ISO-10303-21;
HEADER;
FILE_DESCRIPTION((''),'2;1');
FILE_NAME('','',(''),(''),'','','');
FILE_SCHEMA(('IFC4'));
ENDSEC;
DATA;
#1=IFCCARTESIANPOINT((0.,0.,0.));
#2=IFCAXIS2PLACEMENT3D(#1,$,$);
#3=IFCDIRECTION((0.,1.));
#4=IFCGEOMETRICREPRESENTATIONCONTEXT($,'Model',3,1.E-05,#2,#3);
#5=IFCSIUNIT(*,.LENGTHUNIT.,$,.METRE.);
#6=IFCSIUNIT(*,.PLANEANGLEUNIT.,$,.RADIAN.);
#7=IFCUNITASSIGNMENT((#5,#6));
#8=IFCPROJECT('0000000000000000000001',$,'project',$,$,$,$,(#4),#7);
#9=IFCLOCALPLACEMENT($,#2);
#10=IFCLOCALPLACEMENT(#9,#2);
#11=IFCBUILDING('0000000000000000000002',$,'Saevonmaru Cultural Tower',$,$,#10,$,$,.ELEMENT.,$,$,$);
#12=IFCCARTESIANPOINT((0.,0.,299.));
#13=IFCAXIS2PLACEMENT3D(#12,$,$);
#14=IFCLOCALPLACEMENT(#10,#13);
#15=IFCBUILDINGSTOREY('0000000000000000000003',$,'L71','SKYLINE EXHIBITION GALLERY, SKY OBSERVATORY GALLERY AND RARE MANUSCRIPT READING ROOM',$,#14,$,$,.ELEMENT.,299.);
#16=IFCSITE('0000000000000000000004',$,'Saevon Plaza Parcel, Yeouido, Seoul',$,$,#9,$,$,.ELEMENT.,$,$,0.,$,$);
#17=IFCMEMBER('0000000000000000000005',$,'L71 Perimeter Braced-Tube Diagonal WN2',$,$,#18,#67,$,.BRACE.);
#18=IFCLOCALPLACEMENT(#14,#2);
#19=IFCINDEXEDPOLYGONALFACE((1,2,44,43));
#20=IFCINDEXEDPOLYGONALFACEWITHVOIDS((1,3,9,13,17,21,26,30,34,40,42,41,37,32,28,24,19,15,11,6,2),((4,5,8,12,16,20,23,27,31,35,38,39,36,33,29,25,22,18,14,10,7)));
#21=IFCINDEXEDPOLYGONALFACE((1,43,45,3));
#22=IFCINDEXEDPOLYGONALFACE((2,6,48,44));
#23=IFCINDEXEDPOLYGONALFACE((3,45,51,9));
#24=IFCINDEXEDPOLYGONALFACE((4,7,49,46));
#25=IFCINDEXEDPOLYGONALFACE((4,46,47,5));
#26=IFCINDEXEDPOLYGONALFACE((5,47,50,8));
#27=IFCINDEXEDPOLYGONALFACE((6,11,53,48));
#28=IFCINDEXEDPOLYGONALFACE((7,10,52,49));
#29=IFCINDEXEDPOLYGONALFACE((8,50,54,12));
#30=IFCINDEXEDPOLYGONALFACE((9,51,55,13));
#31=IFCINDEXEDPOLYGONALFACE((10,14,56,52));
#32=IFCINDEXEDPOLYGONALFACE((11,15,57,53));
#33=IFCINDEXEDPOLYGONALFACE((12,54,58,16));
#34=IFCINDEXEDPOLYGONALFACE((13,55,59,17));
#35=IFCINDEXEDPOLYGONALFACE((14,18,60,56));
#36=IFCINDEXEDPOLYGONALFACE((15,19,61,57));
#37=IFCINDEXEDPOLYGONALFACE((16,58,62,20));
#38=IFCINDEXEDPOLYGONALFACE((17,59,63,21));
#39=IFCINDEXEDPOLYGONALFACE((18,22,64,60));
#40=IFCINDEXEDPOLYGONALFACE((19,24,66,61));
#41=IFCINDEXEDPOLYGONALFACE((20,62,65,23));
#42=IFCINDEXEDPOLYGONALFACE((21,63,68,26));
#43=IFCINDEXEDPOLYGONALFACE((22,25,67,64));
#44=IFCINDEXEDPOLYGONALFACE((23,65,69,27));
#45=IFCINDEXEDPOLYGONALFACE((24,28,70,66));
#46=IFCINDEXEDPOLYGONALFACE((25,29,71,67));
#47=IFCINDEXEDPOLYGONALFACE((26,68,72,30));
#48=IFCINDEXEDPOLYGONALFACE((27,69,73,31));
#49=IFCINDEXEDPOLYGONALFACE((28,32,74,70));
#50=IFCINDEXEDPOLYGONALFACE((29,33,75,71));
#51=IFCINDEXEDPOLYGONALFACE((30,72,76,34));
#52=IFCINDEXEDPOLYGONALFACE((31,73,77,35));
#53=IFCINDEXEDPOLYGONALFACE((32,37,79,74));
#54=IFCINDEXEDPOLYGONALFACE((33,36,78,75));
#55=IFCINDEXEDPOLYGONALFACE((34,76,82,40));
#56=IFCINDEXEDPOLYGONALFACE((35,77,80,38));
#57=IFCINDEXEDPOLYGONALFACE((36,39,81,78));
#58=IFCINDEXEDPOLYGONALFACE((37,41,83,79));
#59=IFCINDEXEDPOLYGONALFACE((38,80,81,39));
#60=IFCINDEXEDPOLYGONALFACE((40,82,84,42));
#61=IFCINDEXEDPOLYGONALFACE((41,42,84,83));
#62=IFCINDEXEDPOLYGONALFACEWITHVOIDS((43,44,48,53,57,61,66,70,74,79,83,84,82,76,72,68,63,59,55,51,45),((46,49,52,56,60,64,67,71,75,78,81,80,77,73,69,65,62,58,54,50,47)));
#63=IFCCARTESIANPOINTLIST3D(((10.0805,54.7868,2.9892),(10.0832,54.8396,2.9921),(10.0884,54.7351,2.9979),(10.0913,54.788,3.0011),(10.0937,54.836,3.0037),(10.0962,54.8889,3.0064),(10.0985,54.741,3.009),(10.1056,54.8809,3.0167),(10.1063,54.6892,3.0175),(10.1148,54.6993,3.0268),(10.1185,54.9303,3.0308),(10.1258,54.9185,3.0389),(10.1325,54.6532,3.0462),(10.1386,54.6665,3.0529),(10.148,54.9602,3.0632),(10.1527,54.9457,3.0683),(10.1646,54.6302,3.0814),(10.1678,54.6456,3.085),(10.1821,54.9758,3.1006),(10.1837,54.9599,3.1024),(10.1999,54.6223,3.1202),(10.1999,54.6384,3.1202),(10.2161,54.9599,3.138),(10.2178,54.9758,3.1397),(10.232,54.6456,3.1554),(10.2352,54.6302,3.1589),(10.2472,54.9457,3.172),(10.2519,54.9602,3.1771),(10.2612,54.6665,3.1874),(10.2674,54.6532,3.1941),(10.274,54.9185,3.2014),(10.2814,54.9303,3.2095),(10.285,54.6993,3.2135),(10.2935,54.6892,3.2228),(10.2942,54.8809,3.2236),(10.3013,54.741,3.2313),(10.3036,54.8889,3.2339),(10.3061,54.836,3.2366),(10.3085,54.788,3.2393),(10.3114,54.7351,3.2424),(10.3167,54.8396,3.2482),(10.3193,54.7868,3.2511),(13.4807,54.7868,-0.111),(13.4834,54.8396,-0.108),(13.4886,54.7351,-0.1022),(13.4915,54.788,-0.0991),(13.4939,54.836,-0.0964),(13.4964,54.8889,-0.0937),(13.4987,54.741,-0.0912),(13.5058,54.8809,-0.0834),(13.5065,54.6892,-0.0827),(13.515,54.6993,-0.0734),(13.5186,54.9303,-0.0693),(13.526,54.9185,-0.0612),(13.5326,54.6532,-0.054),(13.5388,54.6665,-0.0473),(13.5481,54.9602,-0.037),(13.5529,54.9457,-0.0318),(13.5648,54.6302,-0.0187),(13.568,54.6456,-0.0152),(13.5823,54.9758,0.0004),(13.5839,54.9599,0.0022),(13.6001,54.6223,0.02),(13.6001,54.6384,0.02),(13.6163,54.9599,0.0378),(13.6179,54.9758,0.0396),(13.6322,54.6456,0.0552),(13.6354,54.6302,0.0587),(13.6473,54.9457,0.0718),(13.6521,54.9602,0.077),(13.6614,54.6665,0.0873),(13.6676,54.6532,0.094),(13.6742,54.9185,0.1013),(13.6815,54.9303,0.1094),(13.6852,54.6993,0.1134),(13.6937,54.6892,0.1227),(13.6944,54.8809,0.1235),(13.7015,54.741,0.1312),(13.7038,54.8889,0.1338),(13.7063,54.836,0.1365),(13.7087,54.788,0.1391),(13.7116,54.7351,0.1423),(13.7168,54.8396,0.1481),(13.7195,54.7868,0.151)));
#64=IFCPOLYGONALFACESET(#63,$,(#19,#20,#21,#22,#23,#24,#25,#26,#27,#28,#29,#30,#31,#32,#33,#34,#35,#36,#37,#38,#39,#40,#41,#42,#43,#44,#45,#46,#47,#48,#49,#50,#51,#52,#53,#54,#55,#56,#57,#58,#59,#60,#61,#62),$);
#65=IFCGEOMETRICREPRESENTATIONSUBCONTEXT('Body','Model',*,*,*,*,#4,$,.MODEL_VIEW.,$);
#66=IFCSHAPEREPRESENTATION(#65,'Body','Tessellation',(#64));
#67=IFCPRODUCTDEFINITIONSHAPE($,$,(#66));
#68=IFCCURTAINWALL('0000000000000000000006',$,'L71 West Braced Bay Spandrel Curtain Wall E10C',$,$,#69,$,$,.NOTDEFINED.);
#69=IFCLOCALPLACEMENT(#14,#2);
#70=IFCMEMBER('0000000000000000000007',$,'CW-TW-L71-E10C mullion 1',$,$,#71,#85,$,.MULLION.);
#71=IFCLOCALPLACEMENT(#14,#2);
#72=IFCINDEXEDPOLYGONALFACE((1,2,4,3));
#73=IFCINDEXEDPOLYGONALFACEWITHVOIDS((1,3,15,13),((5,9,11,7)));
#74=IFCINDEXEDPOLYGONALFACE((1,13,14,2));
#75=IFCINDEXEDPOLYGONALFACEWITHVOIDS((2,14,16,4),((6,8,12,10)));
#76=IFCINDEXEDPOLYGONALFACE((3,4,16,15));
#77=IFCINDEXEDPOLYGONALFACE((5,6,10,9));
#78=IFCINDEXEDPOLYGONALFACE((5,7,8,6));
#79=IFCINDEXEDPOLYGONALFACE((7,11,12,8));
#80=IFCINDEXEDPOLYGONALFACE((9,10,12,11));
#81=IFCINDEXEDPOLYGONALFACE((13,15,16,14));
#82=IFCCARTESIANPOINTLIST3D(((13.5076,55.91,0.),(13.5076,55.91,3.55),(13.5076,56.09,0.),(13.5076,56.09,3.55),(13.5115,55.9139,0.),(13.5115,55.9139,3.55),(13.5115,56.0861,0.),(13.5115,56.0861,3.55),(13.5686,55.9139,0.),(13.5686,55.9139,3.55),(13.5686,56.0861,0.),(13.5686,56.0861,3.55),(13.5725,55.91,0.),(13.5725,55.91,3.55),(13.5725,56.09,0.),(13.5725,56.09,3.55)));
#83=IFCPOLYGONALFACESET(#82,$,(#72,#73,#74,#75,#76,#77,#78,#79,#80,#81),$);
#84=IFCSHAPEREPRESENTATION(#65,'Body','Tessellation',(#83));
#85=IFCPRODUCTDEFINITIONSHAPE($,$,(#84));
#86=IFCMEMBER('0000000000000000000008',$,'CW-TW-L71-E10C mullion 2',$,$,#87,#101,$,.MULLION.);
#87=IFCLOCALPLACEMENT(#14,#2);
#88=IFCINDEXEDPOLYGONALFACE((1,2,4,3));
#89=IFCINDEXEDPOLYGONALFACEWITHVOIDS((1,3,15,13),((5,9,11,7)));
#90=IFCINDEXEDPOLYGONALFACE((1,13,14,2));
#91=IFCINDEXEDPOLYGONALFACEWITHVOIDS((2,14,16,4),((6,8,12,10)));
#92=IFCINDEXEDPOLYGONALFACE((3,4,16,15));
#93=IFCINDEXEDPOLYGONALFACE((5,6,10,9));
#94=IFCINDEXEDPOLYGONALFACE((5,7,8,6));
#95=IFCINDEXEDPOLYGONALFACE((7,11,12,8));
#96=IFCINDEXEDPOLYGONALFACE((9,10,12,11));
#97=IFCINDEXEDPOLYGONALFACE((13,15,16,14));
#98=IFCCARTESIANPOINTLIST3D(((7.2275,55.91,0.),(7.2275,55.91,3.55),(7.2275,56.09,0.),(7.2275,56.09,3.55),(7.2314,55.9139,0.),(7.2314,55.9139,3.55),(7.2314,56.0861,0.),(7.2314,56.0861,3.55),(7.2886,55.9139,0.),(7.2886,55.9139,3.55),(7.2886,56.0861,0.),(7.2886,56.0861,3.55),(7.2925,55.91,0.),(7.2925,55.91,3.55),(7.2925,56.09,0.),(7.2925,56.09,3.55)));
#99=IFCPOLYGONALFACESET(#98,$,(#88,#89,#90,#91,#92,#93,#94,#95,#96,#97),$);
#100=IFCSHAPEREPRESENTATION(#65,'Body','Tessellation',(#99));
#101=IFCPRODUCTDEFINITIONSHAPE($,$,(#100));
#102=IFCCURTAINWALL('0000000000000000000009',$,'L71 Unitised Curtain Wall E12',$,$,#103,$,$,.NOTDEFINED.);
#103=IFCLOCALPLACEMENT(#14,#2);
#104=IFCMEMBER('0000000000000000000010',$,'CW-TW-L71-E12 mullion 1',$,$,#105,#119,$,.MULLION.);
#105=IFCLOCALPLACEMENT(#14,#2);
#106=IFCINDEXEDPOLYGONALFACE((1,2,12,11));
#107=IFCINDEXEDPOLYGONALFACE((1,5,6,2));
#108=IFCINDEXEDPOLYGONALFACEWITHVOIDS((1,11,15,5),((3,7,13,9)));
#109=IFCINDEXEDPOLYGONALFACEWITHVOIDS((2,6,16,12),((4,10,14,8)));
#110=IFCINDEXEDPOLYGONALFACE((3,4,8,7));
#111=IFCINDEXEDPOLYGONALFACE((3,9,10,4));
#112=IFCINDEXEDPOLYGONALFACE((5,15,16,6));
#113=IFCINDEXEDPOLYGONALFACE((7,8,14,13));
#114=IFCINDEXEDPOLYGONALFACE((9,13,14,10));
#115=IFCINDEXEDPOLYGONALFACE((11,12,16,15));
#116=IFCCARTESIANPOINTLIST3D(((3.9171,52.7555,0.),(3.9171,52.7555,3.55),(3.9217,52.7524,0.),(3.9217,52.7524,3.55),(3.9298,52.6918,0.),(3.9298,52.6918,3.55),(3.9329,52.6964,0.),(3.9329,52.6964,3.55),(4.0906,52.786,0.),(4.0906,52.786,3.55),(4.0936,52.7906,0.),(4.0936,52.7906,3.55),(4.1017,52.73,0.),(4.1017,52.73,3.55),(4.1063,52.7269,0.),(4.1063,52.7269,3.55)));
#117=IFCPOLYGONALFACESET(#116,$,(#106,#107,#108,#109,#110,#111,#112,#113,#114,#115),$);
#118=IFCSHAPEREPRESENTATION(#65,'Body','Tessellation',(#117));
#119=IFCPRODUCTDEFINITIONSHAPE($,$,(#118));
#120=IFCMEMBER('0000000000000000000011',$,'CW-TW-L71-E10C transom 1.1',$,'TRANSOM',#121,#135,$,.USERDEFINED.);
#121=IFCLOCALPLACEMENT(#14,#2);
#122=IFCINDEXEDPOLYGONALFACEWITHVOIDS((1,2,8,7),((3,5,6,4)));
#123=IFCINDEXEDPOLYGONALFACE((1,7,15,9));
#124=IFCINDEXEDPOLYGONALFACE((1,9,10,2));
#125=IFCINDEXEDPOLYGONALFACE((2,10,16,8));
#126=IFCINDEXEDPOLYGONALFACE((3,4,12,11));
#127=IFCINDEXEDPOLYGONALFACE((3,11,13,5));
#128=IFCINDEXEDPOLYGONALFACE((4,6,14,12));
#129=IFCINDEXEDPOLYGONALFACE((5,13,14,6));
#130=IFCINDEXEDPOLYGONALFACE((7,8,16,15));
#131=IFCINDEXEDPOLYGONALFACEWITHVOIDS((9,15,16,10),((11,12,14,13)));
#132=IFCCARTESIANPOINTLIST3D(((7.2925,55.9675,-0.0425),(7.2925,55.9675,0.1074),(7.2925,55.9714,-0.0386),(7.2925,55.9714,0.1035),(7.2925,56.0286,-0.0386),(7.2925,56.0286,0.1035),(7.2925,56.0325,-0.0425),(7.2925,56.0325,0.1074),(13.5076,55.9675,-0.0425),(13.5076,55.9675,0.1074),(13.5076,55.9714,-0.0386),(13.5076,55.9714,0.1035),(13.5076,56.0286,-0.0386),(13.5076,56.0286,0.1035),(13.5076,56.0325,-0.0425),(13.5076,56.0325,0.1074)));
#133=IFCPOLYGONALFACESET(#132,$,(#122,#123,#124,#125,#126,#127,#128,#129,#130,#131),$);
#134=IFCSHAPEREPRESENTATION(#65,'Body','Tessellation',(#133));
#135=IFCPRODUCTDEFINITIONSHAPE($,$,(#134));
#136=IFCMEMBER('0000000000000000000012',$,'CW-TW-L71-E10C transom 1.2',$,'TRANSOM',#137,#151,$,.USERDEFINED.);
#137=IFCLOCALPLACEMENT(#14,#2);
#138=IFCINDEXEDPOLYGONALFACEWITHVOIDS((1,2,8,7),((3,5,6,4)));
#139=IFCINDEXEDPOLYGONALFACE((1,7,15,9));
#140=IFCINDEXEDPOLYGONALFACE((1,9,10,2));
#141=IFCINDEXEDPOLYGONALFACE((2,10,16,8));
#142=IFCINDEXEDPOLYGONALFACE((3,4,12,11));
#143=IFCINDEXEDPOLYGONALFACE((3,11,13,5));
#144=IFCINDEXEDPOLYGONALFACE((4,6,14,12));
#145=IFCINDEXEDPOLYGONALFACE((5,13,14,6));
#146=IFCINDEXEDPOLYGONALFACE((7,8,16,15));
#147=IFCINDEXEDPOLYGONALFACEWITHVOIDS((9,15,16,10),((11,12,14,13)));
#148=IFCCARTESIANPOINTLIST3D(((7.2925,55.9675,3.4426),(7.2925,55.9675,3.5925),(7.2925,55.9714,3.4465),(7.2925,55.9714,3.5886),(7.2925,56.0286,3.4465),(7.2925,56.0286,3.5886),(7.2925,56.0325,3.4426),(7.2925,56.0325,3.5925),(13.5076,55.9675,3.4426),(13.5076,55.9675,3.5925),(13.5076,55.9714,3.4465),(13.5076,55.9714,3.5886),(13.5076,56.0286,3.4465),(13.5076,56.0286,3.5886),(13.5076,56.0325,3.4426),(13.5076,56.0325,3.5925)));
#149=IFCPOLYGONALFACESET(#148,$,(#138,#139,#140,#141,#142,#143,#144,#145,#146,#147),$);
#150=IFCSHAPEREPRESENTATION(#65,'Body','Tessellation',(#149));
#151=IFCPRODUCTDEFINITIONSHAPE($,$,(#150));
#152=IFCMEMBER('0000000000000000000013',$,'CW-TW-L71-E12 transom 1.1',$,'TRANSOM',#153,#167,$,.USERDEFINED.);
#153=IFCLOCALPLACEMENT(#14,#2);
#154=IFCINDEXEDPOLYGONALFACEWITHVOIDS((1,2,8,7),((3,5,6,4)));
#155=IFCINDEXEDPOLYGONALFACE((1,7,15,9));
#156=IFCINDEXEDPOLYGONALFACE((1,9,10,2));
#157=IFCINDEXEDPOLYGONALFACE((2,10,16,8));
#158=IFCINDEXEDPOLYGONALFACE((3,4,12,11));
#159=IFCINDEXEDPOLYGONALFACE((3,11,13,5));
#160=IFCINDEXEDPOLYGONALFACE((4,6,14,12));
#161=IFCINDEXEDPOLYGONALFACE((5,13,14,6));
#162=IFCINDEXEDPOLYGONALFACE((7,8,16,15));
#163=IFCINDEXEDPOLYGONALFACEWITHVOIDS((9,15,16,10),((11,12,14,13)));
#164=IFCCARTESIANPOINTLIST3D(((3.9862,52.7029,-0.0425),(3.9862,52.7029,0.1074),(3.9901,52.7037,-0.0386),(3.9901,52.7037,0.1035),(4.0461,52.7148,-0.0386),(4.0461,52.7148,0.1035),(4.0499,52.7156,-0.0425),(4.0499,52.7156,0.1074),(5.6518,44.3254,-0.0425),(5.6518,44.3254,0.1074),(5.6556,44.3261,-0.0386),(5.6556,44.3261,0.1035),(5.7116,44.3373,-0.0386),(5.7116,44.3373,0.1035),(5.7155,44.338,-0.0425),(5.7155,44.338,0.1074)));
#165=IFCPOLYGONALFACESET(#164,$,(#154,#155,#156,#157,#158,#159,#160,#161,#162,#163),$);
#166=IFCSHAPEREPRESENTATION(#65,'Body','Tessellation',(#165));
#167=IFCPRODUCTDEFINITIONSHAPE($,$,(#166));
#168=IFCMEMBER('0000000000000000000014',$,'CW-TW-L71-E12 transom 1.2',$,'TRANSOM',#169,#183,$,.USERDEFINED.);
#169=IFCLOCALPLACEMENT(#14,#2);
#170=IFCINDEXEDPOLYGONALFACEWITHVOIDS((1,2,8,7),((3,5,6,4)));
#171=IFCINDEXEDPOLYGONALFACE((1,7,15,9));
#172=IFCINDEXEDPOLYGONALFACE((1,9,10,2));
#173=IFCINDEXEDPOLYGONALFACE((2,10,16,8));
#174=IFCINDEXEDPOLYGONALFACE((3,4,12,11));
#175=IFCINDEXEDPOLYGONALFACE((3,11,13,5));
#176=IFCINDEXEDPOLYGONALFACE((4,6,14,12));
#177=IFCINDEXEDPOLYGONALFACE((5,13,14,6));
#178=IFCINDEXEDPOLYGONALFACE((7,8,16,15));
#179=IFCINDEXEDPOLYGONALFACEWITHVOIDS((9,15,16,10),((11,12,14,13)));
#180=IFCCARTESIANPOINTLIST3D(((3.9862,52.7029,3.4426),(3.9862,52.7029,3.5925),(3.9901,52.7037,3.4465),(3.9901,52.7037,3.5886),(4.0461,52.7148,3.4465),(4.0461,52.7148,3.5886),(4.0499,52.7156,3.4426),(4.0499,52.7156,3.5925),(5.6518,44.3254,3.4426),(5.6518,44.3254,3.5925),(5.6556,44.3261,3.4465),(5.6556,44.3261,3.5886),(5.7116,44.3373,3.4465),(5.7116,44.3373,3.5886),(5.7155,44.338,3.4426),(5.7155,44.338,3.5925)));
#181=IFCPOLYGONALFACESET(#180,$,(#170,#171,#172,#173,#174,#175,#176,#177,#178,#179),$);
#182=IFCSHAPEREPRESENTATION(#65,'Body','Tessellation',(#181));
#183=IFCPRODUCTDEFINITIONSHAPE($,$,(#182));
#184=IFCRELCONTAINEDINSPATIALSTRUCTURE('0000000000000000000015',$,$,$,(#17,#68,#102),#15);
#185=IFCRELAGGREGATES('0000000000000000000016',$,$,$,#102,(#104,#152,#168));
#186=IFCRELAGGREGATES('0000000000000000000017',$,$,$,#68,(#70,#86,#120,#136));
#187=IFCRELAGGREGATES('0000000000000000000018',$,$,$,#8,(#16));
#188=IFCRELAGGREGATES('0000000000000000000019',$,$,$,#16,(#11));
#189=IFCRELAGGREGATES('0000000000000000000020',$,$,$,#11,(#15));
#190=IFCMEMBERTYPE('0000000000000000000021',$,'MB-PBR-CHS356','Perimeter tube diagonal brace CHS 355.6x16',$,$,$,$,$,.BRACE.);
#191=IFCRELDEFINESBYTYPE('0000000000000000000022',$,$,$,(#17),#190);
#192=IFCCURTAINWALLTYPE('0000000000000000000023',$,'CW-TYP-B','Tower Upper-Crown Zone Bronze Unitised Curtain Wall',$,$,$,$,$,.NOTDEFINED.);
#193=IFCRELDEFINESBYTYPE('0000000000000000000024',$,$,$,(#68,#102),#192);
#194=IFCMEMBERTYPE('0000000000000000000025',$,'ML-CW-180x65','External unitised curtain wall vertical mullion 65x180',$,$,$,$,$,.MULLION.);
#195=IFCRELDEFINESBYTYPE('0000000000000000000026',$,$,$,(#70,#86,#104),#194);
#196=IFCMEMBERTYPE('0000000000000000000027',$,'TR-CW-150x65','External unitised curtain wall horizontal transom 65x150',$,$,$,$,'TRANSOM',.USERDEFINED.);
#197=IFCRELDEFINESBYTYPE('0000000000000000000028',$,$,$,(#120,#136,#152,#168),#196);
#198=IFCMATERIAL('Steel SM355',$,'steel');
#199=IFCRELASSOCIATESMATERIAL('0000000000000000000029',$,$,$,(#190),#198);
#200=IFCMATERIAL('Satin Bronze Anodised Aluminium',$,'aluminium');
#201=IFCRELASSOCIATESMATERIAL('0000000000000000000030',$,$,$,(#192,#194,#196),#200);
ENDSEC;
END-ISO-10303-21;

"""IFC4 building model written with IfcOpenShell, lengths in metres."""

from ifc_helpers import new_model, si_unit, direction, frame, origin, origin_2d, place, context, subcontext, project, spatial, hollow_rectangle, hollow_circle, extrude, material, material_profile, profile_set, type_object, element, aggregate, save


model = new_model("IFC4")

# Units and contexts
model_context = context("Model", 3, precision=1e-05, world=origin(), true_north=direction((0.0, 1.0)))
body_context = subcontext(model_context, "Body", "Model", "MODEL_VIEW")
ifc_project = project(units=[si_unit("LENGTHUNIT", "METRE"), si_unit("PLANEANGLEUNIT", "RADIAN")], contexts=[model_context])

# Site, building, storey
site_placement = place(None, origin())
site = spatial("IfcSite", under=ifc_project, at=site_placement, Name="Saevon Plaza Parcel, Yeouido, Seoul", CompositionType="ELEMENT", RefElevation=0.0)
building_placement = place(site_placement, origin())
building = spatial("IfcBuilding", under=site, at=building_placement, Name="Saevonmaru Cultural Tower", CompositionType="ELEMENT")
storey_placement = place(building_placement, frame((0.0, 0.0, 299.0)))
storey = spatial("IfcBuildingStorey", under=building, at=storey_placement, Name="L71", Description="SKYLINE EXHIBITION GALLERY, SKY OBSERVATORY GALLERY AND RARE MANUSCRIPT READING ROOM", CompositionType="ELEMENT", Elevation=299.0)

# Shared definitions
ifc_material_1 = material(Name="Steel SM355", Category="steel")

# Member
ifc_material_profile_1 = material_profile(ifc_material_1, hollow_circle(Radius=0.1777, WallThickness=0.0161, at=origin_2d()), Name="CHS-355.6x16")
ifc_profile_set_1 = profile_set([ifc_material_profile_1], Name="Steel SM355")
member_type_1 = type_object("IfcMemberType", Name="MB-PBR-CHS356", Description="Perimeter tube diagonal brace CHS 355.6x16", PredefinedType="BRACE", material=ifc_profile_set_1)
member_1_placement = place(storey_placement, frame((13.6001, 54.8, 0.02), z_axis=(-0.73896, 0.0, 0.67375), x_axis=(0.0, -1.0, 0.0)))
element("IfcMember", 1, at=member_1_placement, inside=storey, type_object=member_type_1, Name="L71 Perimeter Braced-Tube Diagonal WN2", PredefinedType="BRACE", context=body_context, shape_type="SweptSolid", body=[
    extrude(hollow_circle(Radius=0.1777, WallThickness=0.0161, at=origin_2d()), origin(), (0.0, 0.0, 1.0), 4.6013),
])

# Curtain wall, members
ifc_material_2 = material(Name="Satin Bronze Anodised Aluminium", Category="aluminium")
curtain_wall_type = type_object("IfcCurtainWallType", Name="CW-TYP-B", Description="Tower Upper-Crown Zone Bronze Unitised Curtain Wall", PredefinedType="NOTDEFINED", material=ifc_material_2)
curtain_wall_1_placement = place(storey_placement, origin())
curtain_wall_1 = element("IfcCurtainWall", 2, at=curtain_wall_1_placement, inside=storey, type_object=curtain_wall_type, Name="L71 West Braced Bay Spandrel Curtain Wall E10C", PredefinedType="NOTDEFINED")
ifc_material_profile_2 = material_profile(ifc_material_2, hollow_rectangle(XDim=0.0649, YDim=0.1799, WallThickness=0.0039, at=origin_2d()), Name="ALU-MULL-180x65x4")
ifc_profile_set_2 = profile_set([ifc_material_profile_2], Name="Satin Bronze Anodised Aluminium")
member_type_2 = type_object("IfcMemberType", Name="ML-CW-180x65", Description="External unitised curtain wall vertical mullion 65x180", PredefinedType="MULLION", material=ifc_profile_set_2)
member_2_placement = place(storey_placement, frame((13.54, 56.0, 0.0), z_axis=(0.0, 0.0, 1.0), x_axis=(-1.0, 0.0, 0.0)))
member_2 = element("IfcMember", 3, at=member_2_placement, type_object=member_type_2, Name="CW-TW-L71-E10C mullion 1", PredefinedType="MULLION", context=body_context, shape_type="SweptSolid", body=[
    extrude(hollow_rectangle(XDim=0.0649, YDim=0.1799, WallThickness=0.0039, at=origin_2d()), origin(), (0.0, 0.0, 1.0), 3.55),
])
member_3_placement = place(storey_placement, frame((7.26, 56.0, 0.0), z_axis=(0.0, 0.0, 1.0), x_axis=(-1.0, 0.0, 0.0)))
member_3 = element("IfcMember", 4, at=member_3_placement, type_object=member_type_2, Name="CW-TW-L71-E10C mullion 2", PredefinedType="MULLION", context=body_context, shape_type="SweptSolid", body=[
    extrude(hollow_rectangle(XDim=0.0649, YDim=0.1799, WallThickness=0.0039, at=origin_2d()), origin(), (0.0, 0.0, 1.0), 3.55),
])

# Curtain wall, member
curtain_wall_2_placement = place(storey_placement, origin())
curtain_wall_2 = element("IfcCurtainWall", 5, at=curtain_wall_2_placement, inside=storey, type_object=curtain_wall_type, Name="L71 Unitised Curtain Wall E12", PredefinedType="NOTDEFINED")
member_4_placement = place(storey_placement, frame((4.0117, 52.7412, 0.0), z_axis=(0.0, 0.0, 1.0), x_axis=(0.195005, -0.980802, 0.0)))
member_4 = element("IfcMember", 6, at=member_4_placement, type_object=member_type_2, Name="CW-TW-L71-E12 mullion 1", PredefinedType="MULLION", context=body_context, shape_type="SweptSolid", body=[
    extrude(hollow_rectangle(XDim=0.0649, YDim=0.1799, WallThickness=0.0039, at=origin_2d()), origin(), (0.0, 0.0, 1.0), 3.55),
])

# Members
ifc_material_profile_3 = material_profile(ifc_material_2, hollow_rectangle(XDim=0.0649, YDim=0.1499, WallThickness=0.0039, at=origin_2d()), Name="ALU-TRAN-150x65x4")
ifc_profile_set_3 = profile_set([ifc_material_profile_3], Name="Satin Bronze Anodised Aluminium")
member_type_3 = type_object("IfcMemberType", Name="TR-CW-150x65", Description="External unitised curtain wall horizontal transom 65x150", ElementType="TRANSOM", PredefinedType="USERDEFINED", material=ifc_profile_set_3)
member_5_placement = place(storey_placement, frame((13.5076, 56.0, 0.0325), z_axis=(-1.0, 0.0, 0.0), x_axis=(0.0, -1.0, 0.0)))
member_5 = element("IfcMember", 7, at=member_5_placement, type_object=member_type_3, Name="CW-TW-L71-E10C transom 1.1", ObjectType="TRANSOM", PredefinedType="USERDEFINED", context=body_context, shape_type="SweptSolid", body=[
    extrude(hollow_rectangle(XDim=0.0649, YDim=0.1499, WallThickness=0.0039, at=origin_2d()), origin(), (0.0, 0.0, 1.0), 6.2151),
])
member_6_placement = place(storey_placement, frame((13.5076, 56.0, 3.5176), z_axis=(-1.0, 0.0, 0.0), x_axis=(0.0, -1.0, 0.0)))
member_6 = element("IfcMember", 8, at=member_6_placement, type_object=member_type_3, Name="CW-TW-L71-E10C transom 1.2", ObjectType="TRANSOM", PredefinedType="USERDEFINED", context=body_context, shape_type="SweptSolid", body=[
    extrude(hollow_rectangle(XDim=0.0649, YDim=0.1499, WallThickness=0.0039, at=origin_2d()), origin(), (0.0, 0.0, 1.0), 6.2151),
])
member_7_placement = place(storey_placement, frame((4.0181, 52.7092, 0.0325), z_axis=(0.194995, -0.980804, 0.0), x_axis=(0.980804, 0.194995, 0.0)))
member_7 = element("IfcMember", 9, at=member_7_placement, type_object=member_type_3, Name="CW-TW-L71-E12 transom 1.1", ObjectType="TRANSOM", PredefinedType="USERDEFINED", context=body_context, shape_type="SweptSolid", body=[
    extrude(hollow_rectangle(XDim=0.0649, YDim=0.1499, WallThickness=0.0039, at=origin_2d()), origin(), (0.0, 0.0, 1.0), 8.5415),
])
member_8_placement = place(storey_placement, frame((4.0181, 52.7092, 3.5176), z_axis=(0.194995, -0.980804, 0.0), x_axis=(0.980804, 0.194995, 0.0)))
member_8 = element("IfcMember", 10, at=member_8_placement, type_object=member_type_3, Name="CW-TW-L71-E12 transom 1.2", ObjectType="TRANSOM", PredefinedType="USERDEFINED", context=body_context, shape_type="SweptSolid", body=[
    extrude(hollow_rectangle(XDim=0.0649, YDim=0.1499, WallThickness=0.0039, at=origin_2d()), origin(), (0.0, 0.0, 1.0), 8.5415),
])

aggregate(curtain_wall_2, [member_4, member_7, member_8])
aggregate(curtain_wall_1, [member_2, member_3, member_5, member_6])

save(model, "model.ifc")
